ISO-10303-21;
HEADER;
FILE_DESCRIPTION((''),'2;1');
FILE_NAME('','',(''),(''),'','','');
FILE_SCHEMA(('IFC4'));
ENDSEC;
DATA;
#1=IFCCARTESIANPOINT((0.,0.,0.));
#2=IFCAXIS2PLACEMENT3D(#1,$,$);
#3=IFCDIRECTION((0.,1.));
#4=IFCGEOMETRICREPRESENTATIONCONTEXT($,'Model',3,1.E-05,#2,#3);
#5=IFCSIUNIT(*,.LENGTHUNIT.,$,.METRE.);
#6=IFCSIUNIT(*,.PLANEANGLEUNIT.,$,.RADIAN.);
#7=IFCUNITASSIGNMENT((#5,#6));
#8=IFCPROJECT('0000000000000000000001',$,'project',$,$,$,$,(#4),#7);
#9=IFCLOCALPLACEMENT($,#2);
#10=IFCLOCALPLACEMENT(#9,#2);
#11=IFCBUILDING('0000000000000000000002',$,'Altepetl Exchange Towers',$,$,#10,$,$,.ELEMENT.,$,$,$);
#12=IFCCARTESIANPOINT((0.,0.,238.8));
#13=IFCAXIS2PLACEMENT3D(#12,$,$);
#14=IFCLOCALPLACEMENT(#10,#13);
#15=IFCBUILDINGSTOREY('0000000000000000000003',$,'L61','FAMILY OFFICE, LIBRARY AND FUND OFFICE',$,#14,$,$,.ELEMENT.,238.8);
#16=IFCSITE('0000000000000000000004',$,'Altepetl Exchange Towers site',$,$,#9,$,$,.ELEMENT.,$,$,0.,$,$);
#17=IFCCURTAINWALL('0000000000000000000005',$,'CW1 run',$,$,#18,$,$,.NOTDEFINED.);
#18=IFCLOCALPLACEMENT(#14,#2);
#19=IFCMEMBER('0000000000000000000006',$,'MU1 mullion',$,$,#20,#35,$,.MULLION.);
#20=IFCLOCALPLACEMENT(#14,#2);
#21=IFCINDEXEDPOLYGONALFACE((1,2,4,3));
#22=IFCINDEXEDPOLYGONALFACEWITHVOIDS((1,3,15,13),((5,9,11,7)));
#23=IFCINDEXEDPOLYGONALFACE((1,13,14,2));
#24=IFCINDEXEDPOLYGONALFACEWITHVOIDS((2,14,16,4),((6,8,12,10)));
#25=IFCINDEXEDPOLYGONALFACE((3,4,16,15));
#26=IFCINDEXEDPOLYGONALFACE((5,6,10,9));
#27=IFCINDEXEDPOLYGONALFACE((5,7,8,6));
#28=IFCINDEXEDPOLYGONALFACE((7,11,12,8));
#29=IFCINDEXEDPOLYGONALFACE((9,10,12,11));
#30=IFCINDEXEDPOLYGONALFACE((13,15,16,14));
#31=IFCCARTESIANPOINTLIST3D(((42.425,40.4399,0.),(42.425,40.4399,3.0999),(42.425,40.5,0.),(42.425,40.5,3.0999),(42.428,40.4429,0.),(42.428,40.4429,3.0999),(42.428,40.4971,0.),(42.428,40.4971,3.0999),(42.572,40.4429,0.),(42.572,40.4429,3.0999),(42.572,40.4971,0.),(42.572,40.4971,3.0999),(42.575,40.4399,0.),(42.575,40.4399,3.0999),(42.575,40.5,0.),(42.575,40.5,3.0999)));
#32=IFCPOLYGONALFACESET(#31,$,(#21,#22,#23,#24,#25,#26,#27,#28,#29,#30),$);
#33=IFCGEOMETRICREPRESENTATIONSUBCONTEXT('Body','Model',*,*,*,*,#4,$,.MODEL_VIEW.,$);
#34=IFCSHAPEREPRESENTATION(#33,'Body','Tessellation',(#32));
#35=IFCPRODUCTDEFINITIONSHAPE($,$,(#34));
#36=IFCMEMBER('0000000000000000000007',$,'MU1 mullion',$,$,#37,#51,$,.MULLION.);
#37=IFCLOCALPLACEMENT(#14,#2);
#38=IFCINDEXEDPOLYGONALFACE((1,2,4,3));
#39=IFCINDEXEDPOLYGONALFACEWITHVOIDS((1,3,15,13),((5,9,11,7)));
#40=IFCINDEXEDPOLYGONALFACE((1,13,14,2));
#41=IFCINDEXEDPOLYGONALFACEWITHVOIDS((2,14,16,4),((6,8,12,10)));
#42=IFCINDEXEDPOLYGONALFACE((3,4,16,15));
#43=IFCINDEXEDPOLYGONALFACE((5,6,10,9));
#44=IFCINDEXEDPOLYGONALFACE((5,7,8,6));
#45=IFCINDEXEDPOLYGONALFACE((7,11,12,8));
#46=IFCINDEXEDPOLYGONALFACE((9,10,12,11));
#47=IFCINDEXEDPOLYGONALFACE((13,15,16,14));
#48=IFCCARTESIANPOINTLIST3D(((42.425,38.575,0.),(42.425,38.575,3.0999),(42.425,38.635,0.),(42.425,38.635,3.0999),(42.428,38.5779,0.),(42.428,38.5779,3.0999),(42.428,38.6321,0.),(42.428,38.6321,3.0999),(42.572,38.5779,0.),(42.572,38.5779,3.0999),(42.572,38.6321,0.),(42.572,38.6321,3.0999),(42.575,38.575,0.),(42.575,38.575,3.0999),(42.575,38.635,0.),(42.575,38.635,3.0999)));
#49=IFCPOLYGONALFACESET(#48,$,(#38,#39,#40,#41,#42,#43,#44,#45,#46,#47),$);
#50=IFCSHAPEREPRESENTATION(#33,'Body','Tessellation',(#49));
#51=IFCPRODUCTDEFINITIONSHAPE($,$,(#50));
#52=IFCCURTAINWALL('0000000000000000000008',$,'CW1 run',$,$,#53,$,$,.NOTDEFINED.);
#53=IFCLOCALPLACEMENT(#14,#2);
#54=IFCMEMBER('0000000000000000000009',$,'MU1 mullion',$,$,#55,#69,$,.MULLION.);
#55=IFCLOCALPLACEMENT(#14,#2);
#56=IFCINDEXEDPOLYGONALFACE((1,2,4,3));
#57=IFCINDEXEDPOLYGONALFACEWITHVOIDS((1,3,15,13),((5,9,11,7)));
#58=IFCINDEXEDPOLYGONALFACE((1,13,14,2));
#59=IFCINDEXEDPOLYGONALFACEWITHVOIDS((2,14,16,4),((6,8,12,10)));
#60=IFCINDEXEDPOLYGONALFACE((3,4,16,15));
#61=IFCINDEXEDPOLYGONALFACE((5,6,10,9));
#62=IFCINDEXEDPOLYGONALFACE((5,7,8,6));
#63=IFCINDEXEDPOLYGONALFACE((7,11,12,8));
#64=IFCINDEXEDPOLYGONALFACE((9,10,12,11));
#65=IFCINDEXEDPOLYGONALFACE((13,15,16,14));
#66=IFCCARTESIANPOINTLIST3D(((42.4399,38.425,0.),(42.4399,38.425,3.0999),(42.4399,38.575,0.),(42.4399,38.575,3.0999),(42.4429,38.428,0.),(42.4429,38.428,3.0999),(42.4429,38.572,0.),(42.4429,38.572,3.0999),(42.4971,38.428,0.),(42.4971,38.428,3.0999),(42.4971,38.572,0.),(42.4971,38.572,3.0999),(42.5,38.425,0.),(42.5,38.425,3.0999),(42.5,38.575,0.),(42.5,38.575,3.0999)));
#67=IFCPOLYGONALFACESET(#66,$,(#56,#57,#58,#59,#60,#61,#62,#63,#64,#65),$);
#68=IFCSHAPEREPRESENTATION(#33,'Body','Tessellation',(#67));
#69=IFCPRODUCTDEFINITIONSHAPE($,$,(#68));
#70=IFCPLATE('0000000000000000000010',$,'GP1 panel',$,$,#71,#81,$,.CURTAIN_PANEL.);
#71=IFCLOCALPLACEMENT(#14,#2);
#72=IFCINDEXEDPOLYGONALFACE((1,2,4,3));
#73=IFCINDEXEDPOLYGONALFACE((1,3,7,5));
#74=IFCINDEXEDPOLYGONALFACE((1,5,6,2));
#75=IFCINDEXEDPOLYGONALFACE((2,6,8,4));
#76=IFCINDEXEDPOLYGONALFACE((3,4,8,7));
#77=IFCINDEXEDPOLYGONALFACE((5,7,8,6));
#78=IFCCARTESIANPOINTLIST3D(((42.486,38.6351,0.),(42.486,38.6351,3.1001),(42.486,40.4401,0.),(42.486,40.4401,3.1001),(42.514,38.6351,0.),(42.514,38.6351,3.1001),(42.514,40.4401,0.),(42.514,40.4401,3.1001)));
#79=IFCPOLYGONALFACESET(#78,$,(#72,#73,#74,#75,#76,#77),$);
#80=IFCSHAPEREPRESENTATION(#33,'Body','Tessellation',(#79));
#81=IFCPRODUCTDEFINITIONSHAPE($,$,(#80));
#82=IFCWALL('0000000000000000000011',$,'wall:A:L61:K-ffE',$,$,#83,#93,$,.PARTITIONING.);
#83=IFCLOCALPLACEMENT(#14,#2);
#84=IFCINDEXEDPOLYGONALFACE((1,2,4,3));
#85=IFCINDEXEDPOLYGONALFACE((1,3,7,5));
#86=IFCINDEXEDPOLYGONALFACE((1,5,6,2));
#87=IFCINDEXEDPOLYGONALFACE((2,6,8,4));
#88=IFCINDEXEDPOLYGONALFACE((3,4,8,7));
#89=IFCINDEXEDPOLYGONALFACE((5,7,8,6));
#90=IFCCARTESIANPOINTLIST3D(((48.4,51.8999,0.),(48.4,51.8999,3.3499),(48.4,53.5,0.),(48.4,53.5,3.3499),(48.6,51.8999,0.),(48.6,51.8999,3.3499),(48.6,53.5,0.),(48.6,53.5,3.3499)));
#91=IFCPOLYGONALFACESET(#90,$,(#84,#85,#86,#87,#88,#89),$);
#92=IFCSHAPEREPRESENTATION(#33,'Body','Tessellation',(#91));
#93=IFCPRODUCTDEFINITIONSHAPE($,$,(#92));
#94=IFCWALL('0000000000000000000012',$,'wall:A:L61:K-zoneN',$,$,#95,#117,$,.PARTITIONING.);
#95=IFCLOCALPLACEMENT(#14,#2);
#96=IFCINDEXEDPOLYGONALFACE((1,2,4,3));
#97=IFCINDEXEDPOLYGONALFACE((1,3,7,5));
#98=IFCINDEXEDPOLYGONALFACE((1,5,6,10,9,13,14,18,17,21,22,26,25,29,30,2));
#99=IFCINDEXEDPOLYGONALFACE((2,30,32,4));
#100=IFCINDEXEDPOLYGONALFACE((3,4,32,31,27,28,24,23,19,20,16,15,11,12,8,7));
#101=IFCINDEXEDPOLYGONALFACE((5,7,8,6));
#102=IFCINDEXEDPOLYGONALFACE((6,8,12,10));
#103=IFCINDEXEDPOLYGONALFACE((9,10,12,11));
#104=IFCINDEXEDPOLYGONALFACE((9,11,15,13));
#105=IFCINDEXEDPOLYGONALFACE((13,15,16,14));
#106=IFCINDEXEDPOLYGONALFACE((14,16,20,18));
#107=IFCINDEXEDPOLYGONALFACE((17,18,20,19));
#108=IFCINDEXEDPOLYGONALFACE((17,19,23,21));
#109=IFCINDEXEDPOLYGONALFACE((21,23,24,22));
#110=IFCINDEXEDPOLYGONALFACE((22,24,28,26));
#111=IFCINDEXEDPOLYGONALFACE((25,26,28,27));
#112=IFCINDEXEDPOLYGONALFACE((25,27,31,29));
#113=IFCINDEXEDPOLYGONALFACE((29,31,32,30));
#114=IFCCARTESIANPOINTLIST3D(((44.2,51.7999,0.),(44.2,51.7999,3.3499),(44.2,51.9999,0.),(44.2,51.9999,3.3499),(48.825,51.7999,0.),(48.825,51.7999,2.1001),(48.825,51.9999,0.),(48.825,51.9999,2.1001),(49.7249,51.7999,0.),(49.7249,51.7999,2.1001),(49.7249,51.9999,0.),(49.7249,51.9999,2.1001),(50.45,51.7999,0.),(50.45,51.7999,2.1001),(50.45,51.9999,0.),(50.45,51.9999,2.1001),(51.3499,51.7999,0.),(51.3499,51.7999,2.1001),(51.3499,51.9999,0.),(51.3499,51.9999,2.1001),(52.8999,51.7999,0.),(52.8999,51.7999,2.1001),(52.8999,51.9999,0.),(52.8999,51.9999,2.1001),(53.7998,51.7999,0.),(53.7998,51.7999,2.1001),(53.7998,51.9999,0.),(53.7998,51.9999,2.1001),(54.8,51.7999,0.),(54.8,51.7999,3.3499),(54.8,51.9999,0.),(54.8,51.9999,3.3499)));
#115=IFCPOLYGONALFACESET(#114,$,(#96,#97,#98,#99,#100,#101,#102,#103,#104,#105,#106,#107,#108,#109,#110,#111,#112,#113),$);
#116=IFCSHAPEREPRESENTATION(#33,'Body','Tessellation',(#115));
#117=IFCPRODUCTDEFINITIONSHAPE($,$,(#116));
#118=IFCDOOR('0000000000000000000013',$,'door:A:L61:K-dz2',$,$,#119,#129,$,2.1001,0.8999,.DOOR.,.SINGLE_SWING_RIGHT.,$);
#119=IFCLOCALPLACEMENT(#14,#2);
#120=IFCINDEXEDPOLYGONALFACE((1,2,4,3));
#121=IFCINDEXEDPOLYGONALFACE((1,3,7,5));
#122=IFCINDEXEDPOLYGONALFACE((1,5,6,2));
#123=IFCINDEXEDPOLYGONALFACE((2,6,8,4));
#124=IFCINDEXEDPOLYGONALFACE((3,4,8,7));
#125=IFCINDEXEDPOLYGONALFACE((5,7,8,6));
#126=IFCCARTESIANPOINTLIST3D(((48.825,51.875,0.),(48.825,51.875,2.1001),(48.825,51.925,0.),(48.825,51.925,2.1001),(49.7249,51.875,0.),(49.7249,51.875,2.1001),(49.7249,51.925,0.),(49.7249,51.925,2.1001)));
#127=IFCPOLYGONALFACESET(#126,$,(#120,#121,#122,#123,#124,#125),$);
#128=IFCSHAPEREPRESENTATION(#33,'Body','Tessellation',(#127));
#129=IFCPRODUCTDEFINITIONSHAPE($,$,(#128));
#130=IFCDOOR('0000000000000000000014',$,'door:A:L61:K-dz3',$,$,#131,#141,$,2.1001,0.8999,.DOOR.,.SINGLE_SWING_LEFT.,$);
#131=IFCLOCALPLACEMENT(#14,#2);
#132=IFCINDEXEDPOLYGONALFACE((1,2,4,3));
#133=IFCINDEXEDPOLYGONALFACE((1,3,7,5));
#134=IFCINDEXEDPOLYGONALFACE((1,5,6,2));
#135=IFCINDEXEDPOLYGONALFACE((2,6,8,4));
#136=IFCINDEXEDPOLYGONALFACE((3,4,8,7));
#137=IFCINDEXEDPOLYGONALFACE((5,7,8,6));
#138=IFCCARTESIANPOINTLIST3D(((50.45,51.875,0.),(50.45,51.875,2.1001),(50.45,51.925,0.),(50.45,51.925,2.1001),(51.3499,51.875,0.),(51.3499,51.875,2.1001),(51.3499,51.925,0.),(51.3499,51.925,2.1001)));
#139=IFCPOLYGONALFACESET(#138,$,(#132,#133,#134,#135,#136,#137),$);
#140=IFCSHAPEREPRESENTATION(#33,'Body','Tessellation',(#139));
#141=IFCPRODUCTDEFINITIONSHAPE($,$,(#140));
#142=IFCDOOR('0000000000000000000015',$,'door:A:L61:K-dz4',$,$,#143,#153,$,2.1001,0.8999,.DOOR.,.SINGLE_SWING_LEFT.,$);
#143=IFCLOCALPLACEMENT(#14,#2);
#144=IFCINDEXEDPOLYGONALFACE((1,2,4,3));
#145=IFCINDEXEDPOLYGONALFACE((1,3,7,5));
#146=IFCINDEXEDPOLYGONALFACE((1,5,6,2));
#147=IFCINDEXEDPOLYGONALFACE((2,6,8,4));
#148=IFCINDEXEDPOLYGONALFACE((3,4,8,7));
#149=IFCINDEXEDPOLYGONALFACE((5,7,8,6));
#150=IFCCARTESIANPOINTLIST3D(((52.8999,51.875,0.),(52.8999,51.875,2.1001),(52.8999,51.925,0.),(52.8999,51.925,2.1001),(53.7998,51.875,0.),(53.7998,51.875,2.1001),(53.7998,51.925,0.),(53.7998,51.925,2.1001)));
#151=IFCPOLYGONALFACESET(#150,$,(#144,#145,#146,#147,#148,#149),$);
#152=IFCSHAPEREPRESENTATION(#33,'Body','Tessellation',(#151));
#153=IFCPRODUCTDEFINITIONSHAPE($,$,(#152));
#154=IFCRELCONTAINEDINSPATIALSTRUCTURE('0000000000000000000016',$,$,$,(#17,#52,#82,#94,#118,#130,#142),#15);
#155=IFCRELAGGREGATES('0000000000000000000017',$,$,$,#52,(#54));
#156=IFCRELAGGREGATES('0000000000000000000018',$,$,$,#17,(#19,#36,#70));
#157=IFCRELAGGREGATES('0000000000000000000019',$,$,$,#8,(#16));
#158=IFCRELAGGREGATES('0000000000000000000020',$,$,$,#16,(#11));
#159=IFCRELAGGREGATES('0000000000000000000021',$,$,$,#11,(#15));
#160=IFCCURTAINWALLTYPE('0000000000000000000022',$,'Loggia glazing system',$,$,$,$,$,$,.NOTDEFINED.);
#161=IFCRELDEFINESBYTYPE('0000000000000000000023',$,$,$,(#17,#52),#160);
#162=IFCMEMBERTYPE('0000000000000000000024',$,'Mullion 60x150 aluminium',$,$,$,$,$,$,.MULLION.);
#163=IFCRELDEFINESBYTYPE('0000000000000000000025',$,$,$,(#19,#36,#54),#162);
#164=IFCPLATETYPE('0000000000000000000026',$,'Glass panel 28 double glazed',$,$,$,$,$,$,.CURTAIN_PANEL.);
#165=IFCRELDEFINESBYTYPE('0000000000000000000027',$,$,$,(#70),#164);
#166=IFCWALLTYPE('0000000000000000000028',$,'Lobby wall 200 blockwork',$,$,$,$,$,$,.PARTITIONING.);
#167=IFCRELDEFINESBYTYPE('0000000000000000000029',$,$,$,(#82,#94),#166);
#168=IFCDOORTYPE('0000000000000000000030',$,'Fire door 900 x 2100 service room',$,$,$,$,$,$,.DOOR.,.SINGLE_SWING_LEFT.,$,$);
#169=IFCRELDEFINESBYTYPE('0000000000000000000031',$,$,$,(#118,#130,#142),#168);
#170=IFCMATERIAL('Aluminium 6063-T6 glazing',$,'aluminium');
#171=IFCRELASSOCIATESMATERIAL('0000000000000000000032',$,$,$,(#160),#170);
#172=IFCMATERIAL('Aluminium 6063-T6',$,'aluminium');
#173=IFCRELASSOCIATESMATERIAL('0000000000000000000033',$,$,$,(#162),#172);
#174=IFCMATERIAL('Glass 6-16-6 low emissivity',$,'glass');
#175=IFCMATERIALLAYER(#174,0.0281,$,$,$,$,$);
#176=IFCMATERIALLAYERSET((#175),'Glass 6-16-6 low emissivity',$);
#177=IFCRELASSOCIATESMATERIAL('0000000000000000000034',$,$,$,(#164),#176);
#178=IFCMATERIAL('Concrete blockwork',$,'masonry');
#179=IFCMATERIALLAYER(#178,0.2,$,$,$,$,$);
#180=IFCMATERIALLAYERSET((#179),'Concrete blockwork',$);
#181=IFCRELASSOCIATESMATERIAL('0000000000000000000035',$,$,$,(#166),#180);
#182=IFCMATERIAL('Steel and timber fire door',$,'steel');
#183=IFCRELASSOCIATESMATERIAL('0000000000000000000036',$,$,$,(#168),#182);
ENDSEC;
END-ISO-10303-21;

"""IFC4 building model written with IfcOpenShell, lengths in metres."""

from ifc_helpers import new_model, si_unit, direction, frame, frame_2d, origin, origin_2d, place, context, subcontext, project, spatial, rectangle, hollow_rectangle, extrude, material, layer, layer_set, material_profile, profile_set, type_object, element, fill, aggregate, save


model = new_model("IFC4")

# Units and contexts
model_context = context("Model", 3, precision=1e-05, world=origin(), true_north=direction((0.0, 1.0)))
body_context = subcontext(model_context, "Body", "Model", "MODEL_VIEW")
ifc_project = project(units=[si_unit("LENGTHUNIT", "METRE"), si_unit("PLANEANGLEUNIT", "RADIAN")], contexts=[model_context])

# Site, building, storey
site_placement = place(None, origin())
site = spatial("IfcSite", under=ifc_project, at=site_placement, Name="Altepetl Exchange Towers site", CompositionType="ELEMENT", RefElevation=0.0)
building_placement = place(site_placement, origin())
building = spatial("IfcBuilding", under=site, at=building_placement, Name="Altepetl Exchange Towers", CompositionType="ELEMENT")
storey_placement = place(building_placement, frame((0.0, 0.0, 238.8)))
storey = spatial("IfcBuildingStorey", under=building, at=storey_placement, Name="L61", Description="FAMILY OFFICE, LIBRARY AND FUND OFFICE", CompositionType="ELEMENT", Elevation=238.8)

# Curtain wall, members
ifc_material_1 = material(Name="Aluminium 6063-T6 glazing", Category="aluminium")
curtain_wall_type = type_object("IfcCurtainWallType", Name="Loggia glazing system", PredefinedType="NOTDEFINED", material=ifc_material_1)
curtain_wall_1_placement = place(storey_placement, origin())
curtain_wall_1 = element("IfcCurtainWall", 1, at=curtain_wall_1_placement, inside=storey, type_object=curtain_wall_type, Name="CW1 run", PredefinedType="NOTDEFINED")
ifc_material_2 = material(Name="Aluminium 6063-T6", Category="aluminium")
ifc_material_profile = material_profile(ifc_material_2, hollow_rectangle(XDim=0.0601, YDim=0.1499, WallThickness=0.0029, at=origin_2d()), Name="Mullion 60x150 aluminium")
ifc_profile_set = profile_set([ifc_material_profile], Name="Aluminium 6063-T6")
member_type = type_object("IfcMemberType", Name="Mullion 60x150 aluminium", PredefinedType="MULLION", material=ifc_profile_set)
member_1_placement = place(storey_placement, frame((42.5, 40.47, 0.0), z_axis=(0.0, 0.0, 1.0), x_axis=(0.0, -1.0, 0.0)))
member_1 = element("IfcMember", 2, at=member_1_placement, type_object=member_type, Name="MU1 mullion", PredefinedType="MULLION", context=body_context, shape_type="SweptSolid", body=[
    extrude(hollow_rectangle(XDim=0.0601, YDim=0.1499, WallThickness=0.0029, at=origin_2d()), origin(), (0.0, 0.0, 1.0), 3.0999),
])
member_2_placement = place(storey_placement, frame((42.5, 38.605, 0.0), z_axis=(0.0, 0.0, 1.0), x_axis=(0.0, -1.0, 0.0)))
member_2 = element("IfcMember", 3, at=member_2_placement, type_object=member_type, Name="MU1 mullion", PredefinedType="MULLION", context=body_context, shape_type="SweptSolid", body=[
    extrude(hollow_rectangle(XDim=0.0601, YDim=0.1499, WallThickness=0.0029, at=origin_2d()), origin(), (0.0, 0.0, 1.0), 3.0999),
])

# Curtain wall, member
curtain_wall_2_placement = place(storey_placement, origin())
curtain_wall_2 = element("IfcCurtainWall", 4, at=curtain_wall_2_placement, inside=storey, type_object=curtain_wall_type, Name="CW1 run", PredefinedType="NOTDEFINED")
member_3_placement = place(storey_placement, frame((42.47, 38.5, 0.0), z_axis=(0.0, 0.0, 1.0), x_axis=(-1.0, 0.0, 0.0)))
member_3 = element("IfcMember", 5, at=member_3_placement, type_object=member_type, Name="MU1 mullion", PredefinedType="MULLION", context=body_context, shape_type="SweptSolid", body=[
    extrude(hollow_rectangle(XDim=0.0601, YDim=0.1499, WallThickness=0.0029, at=origin_2d()), origin(), (0.0, 0.0, 1.0), 3.0999),
])
aggregate(curtain_wall_2, [member_3])

# Plate
ifc_material_3 = material(Name="Glass 6-16-6 low emissivity", Category="glass")
ifc_layer_1 = layer(ifc_material_3, 0.0281)
ifc_layer_set_1 = layer_set([ifc_layer_1], Name="Glass 6-16-6 low emissivity")
plate_type = type_object("IfcPlateType", Name="Glass panel 28 double glazed", PredefinedType="CURTAIN_PANEL", material=ifc_layer_set_1)
plate_placement = place(storey_placement, frame((42.5, 39.5376, 0.0), z_axis=(0.0, 0.0, 1.0), x_axis=(0.0, -1.0, 0.0)))
plate = element("IfcPlate", 6, at=plate_placement, type_object=plate_type, Name="GP1 panel", PredefinedType="CURTAIN_PANEL", context=body_context, shape_type="SweptSolid", body=[
    extrude(rectangle(XDim=1.8049, YDim=0.0281, at=origin_2d()), origin(), (0.0, 0.0, 1.0), 3.1001),
])
aggregate(curtain_wall_1, [member_1, member_2, plate])

# Wall
ifc_material_4 = material(Name="Concrete blockwork", Category="masonry")
ifc_layer_2 = layer(ifc_material_4, 0.2)
ifc_layer_set_2 = layer_set([ifc_layer_2], Name="Concrete blockwork")
wall_type_1 = type_object("IfcWallType", Name="Lobby wall 200 blockwork", PredefinedType="PARTITIONING", material=ifc_layer_set_2)
wall_1_placement = place(storey_placement, frame((48.5, 51.8999, 0.0), z_axis=(0.0, 0.0, 1.0), x_axis=(0.0, 1.0, 0.0)))
element("IfcWall", 7, at=wall_1_placement, inside=storey, type_object=wall_type_1, Name="wall:A:L61:K-ffE", PredefinedType="PARTITIONING", context=body_context, shape_type="SweptSolid", body=[
    extrude(rectangle(XDim=1.6001, YDim=0.2, at=frame_2d((0.8, 0.0))), origin(), (0.0, 0.0, 1.0), 3.3499),
])

# Wall, openings, doors
wall_2_placement = place(storey_placement, frame((44.2, 51.8999, 0.0)))
wall_2 = element("IfcWall", 8, at=wall_2_placement, inside=storey, type_object=wall_type_1, Name="wall:A:L61:K-zoneN", PredefinedType="PARTITIONING", context=body_context, shape_type="SweptSolid", body=[
    extrude(rectangle(XDim=10.6001, YDim=0.2, at=frame_2d((5.3, 0.0))), origin(), (0.0, 0.0, 1.0), 3.3499),
])
opening_1_placement = place(wall_2_placement, frame((4.625, 0.0, 0.0)))
opening_1 = element("IfcOpeningElement", 9, at=opening_1_placement, cuts=wall_2, PredefinedType="OPENING", context=body_context, shape_type="SweptSolid", body=[
    extrude(rectangle(XDim=0.8999, YDim=2.1001, at=frame_2d((0.45, 1.05))), frame((0.0, 0.1099, 0.0), z_axis=(0.0, -1.0, 0.0), x_axis=(1.0, 0.0, 0.0)), (0.0, 0.0, 1.0), 0.22),
])
opening_2_placement = place(wall_2_placement, frame((6.25, 0.0, 0.0)))
opening_2 = element("IfcOpeningElement", 10, at=opening_2_placement, cuts=wall_2, PredefinedType="OPENING", context=body_context, shape_type="SweptSolid", body=[
    extrude(rectangle(XDim=0.8999, YDim=2.1001, at=frame_2d((0.45, 1.05))), frame((0.0, 0.1099, 0.0), z_axis=(0.0, -1.0, 0.0), x_axis=(1.0, 0.0, 0.0)), (0.0, 0.0, 1.0), 0.22),
])
opening_3_placement = place(wall_2_placement, frame((8.7, 0.0, 0.0)))
opening_3 = element("IfcOpeningElement", 11, at=opening_3_placement, cuts=wall_2, PredefinedType="OPENING", context=body_context, shape_type="SweptSolid", body=[
    extrude(rectangle(XDim=0.8999, YDim=2.1001, at=frame_2d((0.45, 1.05))), frame((0.0, 0.1099, 0.0), z_axis=(0.0, -1.0, 0.0), x_axis=(1.0, 0.0, 0.0)), (0.0, 0.0, 1.0), 0.22),
])
ifc_material_5 = material(Name="Steel and timber fire door", Category="steel")
door_type_1 = type_object("IfcDoorType", Name="Fire door 900 x 2100 service room", OperationType="SINGLE_SWING_LEFT", PredefinedType="DOOR", material=ifc_material_5)
door_1_placement = place(opening_1_placement, frame((0.8999, 0.0, 0.0), x_axis=(-1.0, 0.0, 0.0)))
door_1 = element("IfcDoor", 12, at=door_1_placement, inside=storey, type_object=door_type_1, Name="door:A:L61:K-dz2", OperationType="SINGLE_SWING_RIGHT", OverallHeight=2.1001, OverallWidth=0.8999, PredefinedType="DOOR", context=body_context, shape_type="SweptSolid", body=[
    extrude(rectangle(XDim=0.8999, YDim=2.1001, at=frame_2d((0.45, 1.05))), frame((0.0, 0.0249, 0.0), z_axis=(0.0, -1.0, 0.0), x_axis=(1.0, 0.0, 0.0)), (0.0, 0.0, 1.0), 0.05),
])
fill(opening_1, door_1)
door_2_placement = place(opening_2_placement, frame((0.8999, 0.0, 0.0), x_axis=(-1.0, 0.0, 0.0)))
door_2 = element("IfcDoor", 13, at=door_2_placement, inside=storey, type_object=door_type_1, Name="door:A:L61:K-dz3", OperationType="SINGLE_SWING_LEFT", OverallHeight=2.1001, OverallWidth=0.8999, PredefinedType="DOOR", context=body_context, shape_type="SweptSolid", body=[
    extrude(rectangle(XDim=0.8999, YDim=2.1001, at=frame_2d((0.45, 1.05))), frame((0.0, 0.0249, 0.0), z_axis=(0.0, -1.0, 0.0), x_axis=(1.0, 0.0, 0.0)), (0.0, 0.0, 1.0), 0.05),
])
fill(opening_2, door_2)
door_3_placement = place(opening_3_placement, frame((0.8999, 0.0, 0.0), x_axis=(-1.0, 0.0, 0.0)))
door_3 = element("IfcDoor", 14, at=door_3_placement, inside=storey, type_object=door_type_1, Name="door:A:L61:K-dz4", OperationType="SINGLE_SWING_LEFT", OverallHeight=2.1001, OverallWidth=0.8999, PredefinedType="DOOR", context=body_context, shape_type="SweptSolid", body=[
    extrude(rectangle(XDim=0.8999, YDim=2.1001, at=frame_2d((0.45, 1.05))), frame((0.0, 0.0249, 0.0), z_axis=(0.0, -1.0, 0.0), x_axis=(1.0, 0.0, 0.0)), (0.0, 0.0, 1.0), 0.05),
])
fill(opening_3, door_3)

save(model, "model.ifc")
